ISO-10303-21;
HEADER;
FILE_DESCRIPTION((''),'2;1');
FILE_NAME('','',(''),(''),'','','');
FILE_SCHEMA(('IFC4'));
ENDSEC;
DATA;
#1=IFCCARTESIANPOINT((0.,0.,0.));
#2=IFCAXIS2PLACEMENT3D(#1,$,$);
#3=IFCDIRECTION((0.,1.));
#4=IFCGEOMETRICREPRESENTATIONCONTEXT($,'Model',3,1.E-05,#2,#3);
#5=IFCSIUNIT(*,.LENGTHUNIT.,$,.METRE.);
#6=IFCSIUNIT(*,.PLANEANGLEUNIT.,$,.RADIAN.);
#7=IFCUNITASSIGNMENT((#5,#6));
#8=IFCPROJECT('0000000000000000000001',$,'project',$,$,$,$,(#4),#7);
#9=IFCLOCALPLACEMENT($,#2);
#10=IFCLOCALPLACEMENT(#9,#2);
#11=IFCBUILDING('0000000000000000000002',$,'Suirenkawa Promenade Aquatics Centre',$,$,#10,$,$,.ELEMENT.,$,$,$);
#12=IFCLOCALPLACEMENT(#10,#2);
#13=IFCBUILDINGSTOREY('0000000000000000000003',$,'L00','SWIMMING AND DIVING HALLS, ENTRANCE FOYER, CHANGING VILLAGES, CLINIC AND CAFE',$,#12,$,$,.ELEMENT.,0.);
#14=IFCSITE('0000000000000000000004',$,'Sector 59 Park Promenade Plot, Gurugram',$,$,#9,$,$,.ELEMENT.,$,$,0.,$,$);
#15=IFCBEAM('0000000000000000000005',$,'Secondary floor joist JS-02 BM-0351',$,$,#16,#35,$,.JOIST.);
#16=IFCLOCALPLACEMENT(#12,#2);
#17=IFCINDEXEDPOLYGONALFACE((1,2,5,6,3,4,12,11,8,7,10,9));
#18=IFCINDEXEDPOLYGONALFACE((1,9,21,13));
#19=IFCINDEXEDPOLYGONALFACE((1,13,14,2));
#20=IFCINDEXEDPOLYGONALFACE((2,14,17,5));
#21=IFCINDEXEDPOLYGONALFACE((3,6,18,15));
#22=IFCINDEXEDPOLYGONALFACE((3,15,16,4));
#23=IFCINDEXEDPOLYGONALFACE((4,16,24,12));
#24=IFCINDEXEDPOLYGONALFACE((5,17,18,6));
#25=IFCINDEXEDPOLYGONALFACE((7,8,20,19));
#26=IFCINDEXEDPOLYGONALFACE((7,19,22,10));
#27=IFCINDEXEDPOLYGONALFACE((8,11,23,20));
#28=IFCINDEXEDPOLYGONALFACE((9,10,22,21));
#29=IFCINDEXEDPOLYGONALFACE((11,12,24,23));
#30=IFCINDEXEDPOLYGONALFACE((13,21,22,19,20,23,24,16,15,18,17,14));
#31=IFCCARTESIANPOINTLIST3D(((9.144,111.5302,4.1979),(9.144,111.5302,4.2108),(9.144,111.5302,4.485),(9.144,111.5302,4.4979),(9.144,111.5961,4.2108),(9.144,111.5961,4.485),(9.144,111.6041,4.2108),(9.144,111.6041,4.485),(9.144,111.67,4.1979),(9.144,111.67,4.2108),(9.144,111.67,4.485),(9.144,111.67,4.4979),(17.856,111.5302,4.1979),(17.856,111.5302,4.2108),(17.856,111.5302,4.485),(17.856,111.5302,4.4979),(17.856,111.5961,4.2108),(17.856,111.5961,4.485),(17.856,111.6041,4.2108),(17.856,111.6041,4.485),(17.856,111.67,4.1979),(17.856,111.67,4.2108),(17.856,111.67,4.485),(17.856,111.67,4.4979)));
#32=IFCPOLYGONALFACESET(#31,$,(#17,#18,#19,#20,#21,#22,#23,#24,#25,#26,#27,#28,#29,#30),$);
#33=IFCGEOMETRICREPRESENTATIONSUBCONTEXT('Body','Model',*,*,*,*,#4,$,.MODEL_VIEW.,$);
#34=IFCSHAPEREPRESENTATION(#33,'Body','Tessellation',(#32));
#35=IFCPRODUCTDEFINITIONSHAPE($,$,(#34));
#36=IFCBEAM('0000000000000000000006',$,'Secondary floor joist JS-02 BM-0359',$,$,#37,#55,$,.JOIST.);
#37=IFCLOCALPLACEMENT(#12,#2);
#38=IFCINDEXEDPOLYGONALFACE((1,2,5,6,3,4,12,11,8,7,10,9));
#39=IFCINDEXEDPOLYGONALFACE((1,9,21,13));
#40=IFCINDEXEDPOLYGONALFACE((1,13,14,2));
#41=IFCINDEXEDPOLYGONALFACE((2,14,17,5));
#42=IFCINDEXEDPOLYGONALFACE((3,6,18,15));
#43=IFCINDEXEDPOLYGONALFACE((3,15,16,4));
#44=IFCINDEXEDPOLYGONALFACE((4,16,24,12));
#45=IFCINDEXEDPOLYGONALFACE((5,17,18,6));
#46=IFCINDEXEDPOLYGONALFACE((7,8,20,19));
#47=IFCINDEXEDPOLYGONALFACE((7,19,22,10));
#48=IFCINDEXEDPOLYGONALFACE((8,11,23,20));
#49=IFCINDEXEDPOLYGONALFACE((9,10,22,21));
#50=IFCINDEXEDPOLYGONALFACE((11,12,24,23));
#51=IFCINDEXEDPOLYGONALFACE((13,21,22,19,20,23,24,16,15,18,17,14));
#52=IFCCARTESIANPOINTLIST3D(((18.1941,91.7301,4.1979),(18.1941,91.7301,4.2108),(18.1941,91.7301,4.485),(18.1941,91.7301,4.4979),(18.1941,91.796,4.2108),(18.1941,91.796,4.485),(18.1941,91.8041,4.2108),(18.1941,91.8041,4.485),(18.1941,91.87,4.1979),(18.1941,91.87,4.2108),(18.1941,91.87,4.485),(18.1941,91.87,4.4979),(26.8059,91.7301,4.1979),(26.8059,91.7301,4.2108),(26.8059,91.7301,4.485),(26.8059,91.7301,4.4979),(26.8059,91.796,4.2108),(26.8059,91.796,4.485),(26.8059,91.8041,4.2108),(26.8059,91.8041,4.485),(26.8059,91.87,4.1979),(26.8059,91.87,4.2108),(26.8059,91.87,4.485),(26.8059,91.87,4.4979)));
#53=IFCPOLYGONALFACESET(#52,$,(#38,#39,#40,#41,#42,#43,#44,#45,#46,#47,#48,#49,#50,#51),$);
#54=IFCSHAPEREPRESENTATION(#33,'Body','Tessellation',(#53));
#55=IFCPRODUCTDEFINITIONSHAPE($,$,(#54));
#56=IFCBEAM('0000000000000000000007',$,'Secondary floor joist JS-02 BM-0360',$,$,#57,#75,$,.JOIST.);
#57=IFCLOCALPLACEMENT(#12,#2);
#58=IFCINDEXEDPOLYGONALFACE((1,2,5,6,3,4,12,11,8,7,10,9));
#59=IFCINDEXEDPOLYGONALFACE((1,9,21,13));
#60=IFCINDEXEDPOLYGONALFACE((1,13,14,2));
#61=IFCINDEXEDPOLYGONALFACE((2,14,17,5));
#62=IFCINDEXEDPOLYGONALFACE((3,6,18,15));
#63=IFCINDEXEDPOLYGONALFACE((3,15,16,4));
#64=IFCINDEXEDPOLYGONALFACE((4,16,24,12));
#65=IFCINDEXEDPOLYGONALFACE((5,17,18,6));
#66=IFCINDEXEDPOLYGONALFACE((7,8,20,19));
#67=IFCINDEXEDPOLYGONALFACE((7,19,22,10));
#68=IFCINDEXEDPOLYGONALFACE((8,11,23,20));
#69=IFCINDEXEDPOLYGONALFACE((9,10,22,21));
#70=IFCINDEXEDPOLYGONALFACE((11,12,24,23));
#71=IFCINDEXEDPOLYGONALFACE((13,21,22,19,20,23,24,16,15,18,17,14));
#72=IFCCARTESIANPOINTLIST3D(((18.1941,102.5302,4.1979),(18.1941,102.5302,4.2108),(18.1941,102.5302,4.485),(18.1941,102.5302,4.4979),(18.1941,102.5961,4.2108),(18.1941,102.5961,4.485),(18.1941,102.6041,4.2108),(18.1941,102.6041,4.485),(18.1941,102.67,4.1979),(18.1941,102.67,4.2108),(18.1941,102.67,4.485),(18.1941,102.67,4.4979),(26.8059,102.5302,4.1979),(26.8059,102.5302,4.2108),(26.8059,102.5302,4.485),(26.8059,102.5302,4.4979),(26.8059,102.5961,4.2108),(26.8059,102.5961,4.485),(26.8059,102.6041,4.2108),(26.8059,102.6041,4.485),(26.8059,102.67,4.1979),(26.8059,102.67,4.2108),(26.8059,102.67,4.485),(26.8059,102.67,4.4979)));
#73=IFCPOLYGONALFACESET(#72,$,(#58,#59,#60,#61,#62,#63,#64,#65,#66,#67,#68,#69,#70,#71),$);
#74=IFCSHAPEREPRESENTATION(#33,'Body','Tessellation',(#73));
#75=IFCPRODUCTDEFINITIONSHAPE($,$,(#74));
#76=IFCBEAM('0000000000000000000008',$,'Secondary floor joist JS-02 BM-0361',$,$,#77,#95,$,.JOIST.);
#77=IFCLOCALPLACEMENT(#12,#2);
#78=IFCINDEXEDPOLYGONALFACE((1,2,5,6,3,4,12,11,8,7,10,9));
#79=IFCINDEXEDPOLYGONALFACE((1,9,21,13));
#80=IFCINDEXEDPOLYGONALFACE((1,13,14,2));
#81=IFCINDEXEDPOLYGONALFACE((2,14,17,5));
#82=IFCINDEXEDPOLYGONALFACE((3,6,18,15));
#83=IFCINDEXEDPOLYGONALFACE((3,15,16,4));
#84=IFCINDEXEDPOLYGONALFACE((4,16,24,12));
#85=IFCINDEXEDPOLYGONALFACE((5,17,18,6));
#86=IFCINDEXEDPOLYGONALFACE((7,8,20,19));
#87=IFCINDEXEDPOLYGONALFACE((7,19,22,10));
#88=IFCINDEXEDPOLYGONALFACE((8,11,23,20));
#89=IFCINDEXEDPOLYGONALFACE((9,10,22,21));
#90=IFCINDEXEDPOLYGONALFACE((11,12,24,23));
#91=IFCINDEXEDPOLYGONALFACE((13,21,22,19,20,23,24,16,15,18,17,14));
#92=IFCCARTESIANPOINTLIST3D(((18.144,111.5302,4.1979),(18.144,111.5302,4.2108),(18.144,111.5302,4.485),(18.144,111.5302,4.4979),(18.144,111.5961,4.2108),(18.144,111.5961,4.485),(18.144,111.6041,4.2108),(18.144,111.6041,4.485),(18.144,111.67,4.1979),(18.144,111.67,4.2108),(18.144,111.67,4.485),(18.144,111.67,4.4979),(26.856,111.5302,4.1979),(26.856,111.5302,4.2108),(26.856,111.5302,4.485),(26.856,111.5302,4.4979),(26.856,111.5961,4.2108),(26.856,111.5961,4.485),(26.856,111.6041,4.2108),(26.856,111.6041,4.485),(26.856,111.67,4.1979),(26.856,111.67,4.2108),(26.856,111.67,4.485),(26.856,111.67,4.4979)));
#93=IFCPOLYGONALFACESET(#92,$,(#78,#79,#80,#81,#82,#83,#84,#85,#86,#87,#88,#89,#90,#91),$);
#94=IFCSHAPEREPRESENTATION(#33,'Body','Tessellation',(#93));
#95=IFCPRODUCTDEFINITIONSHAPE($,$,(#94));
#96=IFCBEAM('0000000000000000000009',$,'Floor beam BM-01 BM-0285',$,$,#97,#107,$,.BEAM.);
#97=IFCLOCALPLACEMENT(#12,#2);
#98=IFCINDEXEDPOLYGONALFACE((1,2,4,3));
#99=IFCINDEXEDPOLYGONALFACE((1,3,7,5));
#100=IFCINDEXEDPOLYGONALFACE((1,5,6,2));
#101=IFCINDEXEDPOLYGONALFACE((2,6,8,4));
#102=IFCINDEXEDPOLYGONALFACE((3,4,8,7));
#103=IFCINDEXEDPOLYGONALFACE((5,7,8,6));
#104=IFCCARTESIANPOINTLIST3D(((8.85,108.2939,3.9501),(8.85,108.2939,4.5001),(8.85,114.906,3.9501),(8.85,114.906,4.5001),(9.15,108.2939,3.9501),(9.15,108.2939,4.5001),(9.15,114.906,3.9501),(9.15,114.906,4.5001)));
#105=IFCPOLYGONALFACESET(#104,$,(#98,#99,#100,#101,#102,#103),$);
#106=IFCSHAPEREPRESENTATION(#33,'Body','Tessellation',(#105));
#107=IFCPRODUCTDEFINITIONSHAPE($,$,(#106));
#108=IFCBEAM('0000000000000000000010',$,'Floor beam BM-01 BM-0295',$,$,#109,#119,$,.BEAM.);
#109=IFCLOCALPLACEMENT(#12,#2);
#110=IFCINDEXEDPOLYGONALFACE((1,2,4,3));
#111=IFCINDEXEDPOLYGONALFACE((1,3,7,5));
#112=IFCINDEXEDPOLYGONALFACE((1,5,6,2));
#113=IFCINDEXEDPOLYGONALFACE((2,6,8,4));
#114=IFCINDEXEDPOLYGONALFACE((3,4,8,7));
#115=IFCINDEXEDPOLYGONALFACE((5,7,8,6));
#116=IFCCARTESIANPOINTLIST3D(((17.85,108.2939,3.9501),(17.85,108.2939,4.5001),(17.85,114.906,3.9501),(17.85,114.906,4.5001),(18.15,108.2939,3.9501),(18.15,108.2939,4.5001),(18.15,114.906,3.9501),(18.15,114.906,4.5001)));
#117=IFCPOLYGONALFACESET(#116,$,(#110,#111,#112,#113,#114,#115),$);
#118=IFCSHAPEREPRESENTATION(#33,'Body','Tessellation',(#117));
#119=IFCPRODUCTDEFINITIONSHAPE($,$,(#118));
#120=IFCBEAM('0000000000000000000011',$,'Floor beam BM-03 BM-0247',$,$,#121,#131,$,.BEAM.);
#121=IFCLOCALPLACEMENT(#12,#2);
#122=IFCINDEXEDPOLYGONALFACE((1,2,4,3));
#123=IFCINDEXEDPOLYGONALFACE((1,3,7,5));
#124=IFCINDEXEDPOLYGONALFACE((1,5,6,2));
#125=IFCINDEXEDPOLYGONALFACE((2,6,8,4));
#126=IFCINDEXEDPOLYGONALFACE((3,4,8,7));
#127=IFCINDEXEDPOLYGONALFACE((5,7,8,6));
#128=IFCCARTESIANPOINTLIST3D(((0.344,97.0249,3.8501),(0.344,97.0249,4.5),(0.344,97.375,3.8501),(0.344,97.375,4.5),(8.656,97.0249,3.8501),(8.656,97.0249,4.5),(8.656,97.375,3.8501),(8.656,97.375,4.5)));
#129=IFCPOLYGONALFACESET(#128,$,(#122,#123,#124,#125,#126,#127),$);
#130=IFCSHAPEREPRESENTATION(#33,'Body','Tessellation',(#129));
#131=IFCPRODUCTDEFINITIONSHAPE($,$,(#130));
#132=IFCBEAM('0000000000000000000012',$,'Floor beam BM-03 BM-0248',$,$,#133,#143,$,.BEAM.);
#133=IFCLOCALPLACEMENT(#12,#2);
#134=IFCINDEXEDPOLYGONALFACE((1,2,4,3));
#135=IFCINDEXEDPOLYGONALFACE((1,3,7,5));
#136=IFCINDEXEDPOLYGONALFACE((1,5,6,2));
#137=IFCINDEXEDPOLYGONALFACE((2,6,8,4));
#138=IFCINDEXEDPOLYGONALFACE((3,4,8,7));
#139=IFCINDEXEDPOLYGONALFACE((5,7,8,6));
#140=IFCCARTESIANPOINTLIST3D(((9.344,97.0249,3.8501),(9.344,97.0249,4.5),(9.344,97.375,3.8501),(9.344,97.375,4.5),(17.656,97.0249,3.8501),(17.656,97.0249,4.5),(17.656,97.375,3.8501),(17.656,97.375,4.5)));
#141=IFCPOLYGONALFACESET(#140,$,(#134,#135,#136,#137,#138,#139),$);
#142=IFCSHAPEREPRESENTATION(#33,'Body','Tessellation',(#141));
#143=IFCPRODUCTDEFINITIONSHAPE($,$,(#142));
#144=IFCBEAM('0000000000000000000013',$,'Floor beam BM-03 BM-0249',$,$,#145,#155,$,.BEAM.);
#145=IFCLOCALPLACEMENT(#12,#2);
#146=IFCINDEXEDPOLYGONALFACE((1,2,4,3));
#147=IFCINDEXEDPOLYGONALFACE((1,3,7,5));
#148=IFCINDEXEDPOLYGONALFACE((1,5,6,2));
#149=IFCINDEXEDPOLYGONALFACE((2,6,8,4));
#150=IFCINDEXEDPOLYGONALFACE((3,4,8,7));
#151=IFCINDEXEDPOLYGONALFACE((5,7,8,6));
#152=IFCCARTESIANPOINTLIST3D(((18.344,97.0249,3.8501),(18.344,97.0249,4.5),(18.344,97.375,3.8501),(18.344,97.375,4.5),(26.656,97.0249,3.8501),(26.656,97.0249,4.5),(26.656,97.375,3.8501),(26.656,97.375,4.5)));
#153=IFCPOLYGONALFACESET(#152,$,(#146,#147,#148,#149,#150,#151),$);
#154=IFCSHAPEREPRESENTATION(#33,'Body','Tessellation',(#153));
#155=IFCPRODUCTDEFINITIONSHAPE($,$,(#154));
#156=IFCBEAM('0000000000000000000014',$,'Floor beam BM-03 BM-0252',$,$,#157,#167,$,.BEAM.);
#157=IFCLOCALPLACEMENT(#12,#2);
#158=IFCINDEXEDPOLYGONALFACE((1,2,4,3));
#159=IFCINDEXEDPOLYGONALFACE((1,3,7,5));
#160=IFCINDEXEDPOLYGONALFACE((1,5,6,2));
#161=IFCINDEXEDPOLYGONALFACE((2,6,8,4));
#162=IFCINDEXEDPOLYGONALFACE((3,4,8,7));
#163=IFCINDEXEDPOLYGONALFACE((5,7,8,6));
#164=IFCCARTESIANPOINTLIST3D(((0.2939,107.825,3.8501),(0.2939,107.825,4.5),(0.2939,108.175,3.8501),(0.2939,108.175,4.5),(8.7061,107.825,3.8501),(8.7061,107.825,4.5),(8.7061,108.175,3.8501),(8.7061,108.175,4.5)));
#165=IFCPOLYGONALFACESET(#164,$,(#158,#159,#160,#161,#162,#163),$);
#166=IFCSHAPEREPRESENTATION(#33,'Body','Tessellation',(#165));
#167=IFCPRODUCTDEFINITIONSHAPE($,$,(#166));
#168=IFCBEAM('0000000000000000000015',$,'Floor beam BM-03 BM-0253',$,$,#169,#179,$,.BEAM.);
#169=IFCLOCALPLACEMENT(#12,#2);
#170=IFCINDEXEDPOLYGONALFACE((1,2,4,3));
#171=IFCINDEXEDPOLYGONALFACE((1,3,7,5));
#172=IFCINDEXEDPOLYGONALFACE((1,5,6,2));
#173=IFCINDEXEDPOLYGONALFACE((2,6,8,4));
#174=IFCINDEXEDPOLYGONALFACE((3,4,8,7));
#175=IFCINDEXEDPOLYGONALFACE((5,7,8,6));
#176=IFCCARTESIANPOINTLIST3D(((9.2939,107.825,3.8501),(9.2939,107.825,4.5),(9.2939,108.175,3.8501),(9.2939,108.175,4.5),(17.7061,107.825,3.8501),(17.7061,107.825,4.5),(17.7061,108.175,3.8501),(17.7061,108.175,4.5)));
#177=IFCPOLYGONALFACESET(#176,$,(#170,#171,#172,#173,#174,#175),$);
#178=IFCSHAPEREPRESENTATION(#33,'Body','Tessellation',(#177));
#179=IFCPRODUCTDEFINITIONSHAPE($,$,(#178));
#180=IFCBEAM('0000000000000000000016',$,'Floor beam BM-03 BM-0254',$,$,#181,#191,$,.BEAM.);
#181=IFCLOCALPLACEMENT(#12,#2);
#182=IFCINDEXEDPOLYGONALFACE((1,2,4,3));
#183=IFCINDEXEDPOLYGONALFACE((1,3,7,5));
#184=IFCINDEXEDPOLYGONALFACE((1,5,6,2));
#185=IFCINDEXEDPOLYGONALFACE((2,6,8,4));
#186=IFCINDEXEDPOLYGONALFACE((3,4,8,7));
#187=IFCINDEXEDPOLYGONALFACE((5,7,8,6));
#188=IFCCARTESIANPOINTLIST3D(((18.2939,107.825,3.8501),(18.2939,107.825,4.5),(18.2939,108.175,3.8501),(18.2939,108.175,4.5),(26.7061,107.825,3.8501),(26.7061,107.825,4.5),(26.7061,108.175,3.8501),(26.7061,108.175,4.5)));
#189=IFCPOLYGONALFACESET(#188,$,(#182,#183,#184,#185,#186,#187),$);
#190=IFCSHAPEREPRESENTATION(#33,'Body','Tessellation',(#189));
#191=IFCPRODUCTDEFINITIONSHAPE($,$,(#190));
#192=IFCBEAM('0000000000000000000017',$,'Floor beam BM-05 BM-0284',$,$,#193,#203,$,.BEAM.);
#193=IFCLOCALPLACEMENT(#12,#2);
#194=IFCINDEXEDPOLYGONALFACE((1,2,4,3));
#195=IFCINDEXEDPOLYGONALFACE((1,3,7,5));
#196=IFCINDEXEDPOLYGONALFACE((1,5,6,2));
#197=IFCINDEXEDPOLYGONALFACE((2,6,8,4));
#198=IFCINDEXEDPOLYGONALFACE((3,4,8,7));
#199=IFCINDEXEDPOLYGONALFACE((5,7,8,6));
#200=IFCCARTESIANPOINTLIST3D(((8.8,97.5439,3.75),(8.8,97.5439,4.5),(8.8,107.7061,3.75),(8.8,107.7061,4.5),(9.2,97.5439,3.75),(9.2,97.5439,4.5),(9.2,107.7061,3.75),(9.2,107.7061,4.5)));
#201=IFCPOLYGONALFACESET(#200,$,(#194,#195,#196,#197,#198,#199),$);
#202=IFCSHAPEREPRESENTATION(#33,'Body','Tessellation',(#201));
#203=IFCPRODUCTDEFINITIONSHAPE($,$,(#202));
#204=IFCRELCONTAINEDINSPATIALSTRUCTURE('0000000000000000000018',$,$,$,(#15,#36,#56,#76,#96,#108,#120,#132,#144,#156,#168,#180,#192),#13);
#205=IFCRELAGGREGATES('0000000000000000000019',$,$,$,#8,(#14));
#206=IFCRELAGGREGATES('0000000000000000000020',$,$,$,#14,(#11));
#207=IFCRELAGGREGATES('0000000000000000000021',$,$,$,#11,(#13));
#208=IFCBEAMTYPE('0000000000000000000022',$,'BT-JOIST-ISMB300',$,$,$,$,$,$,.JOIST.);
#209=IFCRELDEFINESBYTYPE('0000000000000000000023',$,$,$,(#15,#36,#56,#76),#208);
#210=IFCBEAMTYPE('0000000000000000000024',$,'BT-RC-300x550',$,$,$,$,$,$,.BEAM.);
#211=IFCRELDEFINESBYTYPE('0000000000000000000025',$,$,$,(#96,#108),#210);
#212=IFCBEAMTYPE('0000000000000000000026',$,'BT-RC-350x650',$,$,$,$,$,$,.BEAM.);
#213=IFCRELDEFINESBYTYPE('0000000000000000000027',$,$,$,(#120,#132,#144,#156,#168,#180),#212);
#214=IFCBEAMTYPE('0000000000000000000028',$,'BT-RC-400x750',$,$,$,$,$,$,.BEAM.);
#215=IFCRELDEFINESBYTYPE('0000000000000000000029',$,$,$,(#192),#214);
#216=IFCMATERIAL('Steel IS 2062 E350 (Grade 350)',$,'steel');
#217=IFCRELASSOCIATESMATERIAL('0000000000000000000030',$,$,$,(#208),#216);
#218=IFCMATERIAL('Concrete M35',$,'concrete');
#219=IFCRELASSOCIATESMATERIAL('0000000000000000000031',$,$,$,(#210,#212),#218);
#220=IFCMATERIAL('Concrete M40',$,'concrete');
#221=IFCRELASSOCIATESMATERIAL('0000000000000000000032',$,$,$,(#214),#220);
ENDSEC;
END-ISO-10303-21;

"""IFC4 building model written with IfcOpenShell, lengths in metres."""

from ifc_helpers import new_model, si_unit, direction, frame, origin, origin_2d, place, context, subcontext, project, spatial, rectangle, i_section, extrude, material, material_profile, profile_set, type_object, element, save


model = new_model("IFC4")

# Units and contexts
model_context = context("Model", 3, precision=1e-05, world=origin(), true_north=direction((0.0, 1.0)))
body_context = subcontext(model_context, "Body", "Model", "MODEL_VIEW")
ifc_project = project(units=[si_unit("LENGTHUNIT", "METRE"), si_unit("PLANEANGLEUNIT", "RADIAN")], contexts=[model_context])

# Site, building, storey
site_placement = place(None, origin())
site = spatial("IfcSite", under=ifc_project, at=site_placement, Name="Sector 59 Park Promenade Plot, Gurugram", CompositionType="ELEMENT", RefElevation=0.0)
building_placement = place(site_placement, origin())
building = spatial("IfcBuilding", under=site, at=building_placement, Name="Suirenkawa Promenade Aquatics Centre", CompositionType="ELEMENT")
storey_placement = place(building_placement, origin())
storey = spatial("IfcBuildingStorey", under=building, at=storey_placement, Name="L00", Description="SWIMMING AND DIVING HALLS, ENTRANCE FOYER, CHANGING VILLAGES, CLINIC AND CAFE", CompositionType="ELEMENT", Elevation=0.0)

# Shared definitions
ifc_material_1 = material(Name="Concrete M40", Category="concrete")

# Beams
ifc_material_2 = material(Name="Steel IS 2062 E350 (Grade 350)", Category="steel")
ifc_material_profile_1 = material_profile(ifc_material_2, i_section(OverallWidth=0.1399, OverallDepth=0.3, WebThickness=0.0081, FlangeThickness=0.0129, at=origin_2d()), Name="ISMB 300", Category="steel")
ifc_profile_set_1 = profile_set([ifc_material_profile_1], Name="Steel IS 2062 E350 (Grade 350)")
beam_type_1 = type_object("IfcBeamType", Name="BT-JOIST-ISMB300", PredefinedType="JOIST", material=ifc_profile_set_1)
beam_1_placement = place(storey_placement, frame((9.144, 111.6001, 4.3479), z_axis=(1.0, 0.0, 0.0), x_axis=(0.0, 1.0, 0.0)))
element("IfcBeam", 1, at=beam_1_placement, inside=storey, type_object=beam_type_1, Name="Secondary floor joist JS-02 BM-0351", PredefinedType="JOIST", context=body_context, shape_type="SweptSolid", body=[
    extrude(i_section(OverallWidth=0.1399, OverallDepth=0.3, WebThickness=0.0081, FlangeThickness=0.0129, at=origin_2d()), origin(), (0.0, 0.0, 1.0), 8.7119),
])
for number, where, z_axis, x_axis, name in (
    (2, (18.1941, 91.8, 4.3479), (1.0, 0.0, 0.0), (0.0, 1.0, 0.0), "Secondary floor joist JS-02 BM-0359"),
    (3, (18.1941, 102.6001, 4.3479), (1.0, 0.0, 0.0), (0.0, 1.0, 0.0), "Secondary floor joist JS-02 BM-0360"),
):
    element("IfcBeam", number, at=place(storey_placement, frame(where, z_axis=z_axis, x_axis=x_axis)), inside=storey, type_object=beam_type_1, Name=name, PredefinedType="JOIST", context=body_context, shape_type="SweptSolid", body=[
        extrude(i_section(OverallWidth=0.1399, OverallDepth=0.3, WebThickness=0.0081, FlangeThickness=0.0129, at=origin_2d()), origin(), (0.0, 0.0, 1.0), 8.6118),
    ])
beam_2_placement = place(storey_placement, frame((18.144, 111.6001, 4.3479), z_axis=(1.0, 0.0, 0.0), x_axis=(0.0, 1.0, 0.0)))
element("IfcBeam", 4, at=beam_2_placement, inside=storey, type_object=beam_type_1, Name="Secondary floor joist JS-02 BM-0361", PredefinedType="JOIST", context=body_context, shape_type="SweptSolid", body=[
    extrude(i_section(OverallWidth=0.1399, OverallDepth=0.3, WebThickness=0.0081, FlangeThickness=0.0129, at=origin_2d()), origin(), (0.0, 0.0, 1.0), 8.7119),
])
ifc_material_3 = material(Name="Concrete M35", Category="concrete")
ifc_material_profile_2 = material_profile(ifc_material_3, rectangle(XDim=0.3, YDim=0.55, at=origin_2d()), Name="RC BM 300x550", Category="concrete")
ifc_profile_set_2 = profile_set([ifc_material_profile_2], Name="Concrete M35")
beam_type_2 = type_object("IfcBeamType", Name="BT-RC-300x550", PredefinedType="BEAM", material=ifc_profile_set_2)
for number, where, z_axis, x_axis, name in (
    (5, (9.0, 108.2939, 4.2251), (0.0, 1.0, 0.0), (-1.0, 0.0, 0.0), "Floor beam BM-01 BM-0285"),
    (6, (18.0, 108.2939, 4.2251), (0.0, 1.0, 0.0), (-1.0, 0.0, 0.0), "Floor beam BM-01 BM-0295"),
):
    element("IfcBeam", number, at=place(storey_placement, frame(where, z_axis=z_axis, x_axis=x_axis)), inside=storey, type_object=beam_type_2, Name=name, PredefinedType="BEAM", context=body_context, shape_type="SweptSolid", body=[
        extrude(rectangle(XDim=0.3, YDim=0.55, at=origin_2d()), origin(), (0.0, 0.0, 1.0), 6.6121),
    ])
ifc_material_profile_3 = material_profile(ifc_material_3, rectangle(XDim=0.3501, YDim=0.6499, at=origin_2d()), Name="RC BM 350x650", Category="concrete")
ifc_profile_set_3 = profile_set([ifc_material_profile_3], Name="Concrete M35")
beam_type_3 = type_object("IfcBeamType", Name="BT-RC-350x650", PredefinedType="BEAM", material=ifc_profile_set_3)
for number, where, z_axis, x_axis, name in (
    (7, (0.344, 97.2, 4.175), (1.0, 0.0, 0.0), (0.0, 1.0, 0.0), "Floor beam BM-03 BM-0247"),
    (8, (9.344, 97.2, 4.175), (1.0, 0.0, 0.0), (0.0, 1.0, 0.0), "Floor beam BM-03 BM-0248"),
    (9, (18.344, 97.2, 4.175), (1.0, 0.0, 0.0), (0.0, 1.0, 0.0), "Floor beam BM-03 BM-0249"),
):
    element("IfcBeam", number, at=place(storey_placement, frame(where, z_axis=z_axis, x_axis=x_axis)), inside=storey, type_object=beam_type_3, Name=name, PredefinedType="BEAM", context=body_context, shape_type="SweptSolid", body=[
        extrude(rectangle(XDim=0.3501, YDim=0.6499, at=origin_2d()), origin(), (0.0, 0.0, 1.0), 8.312),
    ])
for number, where, z_axis, x_axis, name in (
    (10, (0.2939, 108.0, 4.175), (1.0, 0.0, 0.0), (0.0, 1.0, 0.0), "Floor beam BM-03 BM-0252"),
    (11, (9.2939, 108.0, 4.175), (1.0, 0.0, 0.0), (0.0, 1.0, 0.0), "Floor beam BM-03 BM-0253"),
    (12, (18.2939, 108.0, 4.175), (1.0, 0.0, 0.0), (0.0, 1.0, 0.0), "Floor beam BM-03 BM-0254"),
):
    element("IfcBeam", number, at=place(storey_placement, frame(where, z_axis=z_axis, x_axis=x_axis)), inside=storey, type_object=beam_type_3, Name=name, PredefinedType="BEAM", context=body_context, shape_type="SweptSolid", body=[
        extrude(rectangle(XDim=0.3501, YDim=0.6499, at=origin_2d()), origin(), (0.0, 0.0, 1.0), 8.4121),
    ])
ifc_material_profile_4 = material_profile(ifc_material_1, rectangle(XDim=0.3999, YDim=0.75, at=origin_2d()), Name="RC BM 400x750", Category="concrete")
ifc_profile_set_4 = profile_set([ifc_material_profile_4], Name="Concrete M40")
beam_type_4 = type_object("IfcBeamType", Name="BT-RC-400x750", PredefinedType="BEAM", material=ifc_profile_set_4)
for number, where, z_axis, x_axis, name in (
    (13, (9.0, 97.5439, 4.125), (0.0, 1.0, 0.0), (-1.0, 0.0, 0.0), "Floor beam BM-05 BM-0284"),
):
    element("IfcBeam", number, at=place(storey_placement, frame(where, z_axis=z_axis, x_axis=x_axis)), inside=storey, type_object=beam_type_4, Name=name, PredefinedType="BEAM", context=body_context, shape_type="SweptSolid", body=[
        extrude(rectangle(XDim=0.3999, YDim=0.75, at=origin_2d()), origin(), (0.0, 0.0, 1.0), 10.1621),
    ])

save(model, "model.ifc")
